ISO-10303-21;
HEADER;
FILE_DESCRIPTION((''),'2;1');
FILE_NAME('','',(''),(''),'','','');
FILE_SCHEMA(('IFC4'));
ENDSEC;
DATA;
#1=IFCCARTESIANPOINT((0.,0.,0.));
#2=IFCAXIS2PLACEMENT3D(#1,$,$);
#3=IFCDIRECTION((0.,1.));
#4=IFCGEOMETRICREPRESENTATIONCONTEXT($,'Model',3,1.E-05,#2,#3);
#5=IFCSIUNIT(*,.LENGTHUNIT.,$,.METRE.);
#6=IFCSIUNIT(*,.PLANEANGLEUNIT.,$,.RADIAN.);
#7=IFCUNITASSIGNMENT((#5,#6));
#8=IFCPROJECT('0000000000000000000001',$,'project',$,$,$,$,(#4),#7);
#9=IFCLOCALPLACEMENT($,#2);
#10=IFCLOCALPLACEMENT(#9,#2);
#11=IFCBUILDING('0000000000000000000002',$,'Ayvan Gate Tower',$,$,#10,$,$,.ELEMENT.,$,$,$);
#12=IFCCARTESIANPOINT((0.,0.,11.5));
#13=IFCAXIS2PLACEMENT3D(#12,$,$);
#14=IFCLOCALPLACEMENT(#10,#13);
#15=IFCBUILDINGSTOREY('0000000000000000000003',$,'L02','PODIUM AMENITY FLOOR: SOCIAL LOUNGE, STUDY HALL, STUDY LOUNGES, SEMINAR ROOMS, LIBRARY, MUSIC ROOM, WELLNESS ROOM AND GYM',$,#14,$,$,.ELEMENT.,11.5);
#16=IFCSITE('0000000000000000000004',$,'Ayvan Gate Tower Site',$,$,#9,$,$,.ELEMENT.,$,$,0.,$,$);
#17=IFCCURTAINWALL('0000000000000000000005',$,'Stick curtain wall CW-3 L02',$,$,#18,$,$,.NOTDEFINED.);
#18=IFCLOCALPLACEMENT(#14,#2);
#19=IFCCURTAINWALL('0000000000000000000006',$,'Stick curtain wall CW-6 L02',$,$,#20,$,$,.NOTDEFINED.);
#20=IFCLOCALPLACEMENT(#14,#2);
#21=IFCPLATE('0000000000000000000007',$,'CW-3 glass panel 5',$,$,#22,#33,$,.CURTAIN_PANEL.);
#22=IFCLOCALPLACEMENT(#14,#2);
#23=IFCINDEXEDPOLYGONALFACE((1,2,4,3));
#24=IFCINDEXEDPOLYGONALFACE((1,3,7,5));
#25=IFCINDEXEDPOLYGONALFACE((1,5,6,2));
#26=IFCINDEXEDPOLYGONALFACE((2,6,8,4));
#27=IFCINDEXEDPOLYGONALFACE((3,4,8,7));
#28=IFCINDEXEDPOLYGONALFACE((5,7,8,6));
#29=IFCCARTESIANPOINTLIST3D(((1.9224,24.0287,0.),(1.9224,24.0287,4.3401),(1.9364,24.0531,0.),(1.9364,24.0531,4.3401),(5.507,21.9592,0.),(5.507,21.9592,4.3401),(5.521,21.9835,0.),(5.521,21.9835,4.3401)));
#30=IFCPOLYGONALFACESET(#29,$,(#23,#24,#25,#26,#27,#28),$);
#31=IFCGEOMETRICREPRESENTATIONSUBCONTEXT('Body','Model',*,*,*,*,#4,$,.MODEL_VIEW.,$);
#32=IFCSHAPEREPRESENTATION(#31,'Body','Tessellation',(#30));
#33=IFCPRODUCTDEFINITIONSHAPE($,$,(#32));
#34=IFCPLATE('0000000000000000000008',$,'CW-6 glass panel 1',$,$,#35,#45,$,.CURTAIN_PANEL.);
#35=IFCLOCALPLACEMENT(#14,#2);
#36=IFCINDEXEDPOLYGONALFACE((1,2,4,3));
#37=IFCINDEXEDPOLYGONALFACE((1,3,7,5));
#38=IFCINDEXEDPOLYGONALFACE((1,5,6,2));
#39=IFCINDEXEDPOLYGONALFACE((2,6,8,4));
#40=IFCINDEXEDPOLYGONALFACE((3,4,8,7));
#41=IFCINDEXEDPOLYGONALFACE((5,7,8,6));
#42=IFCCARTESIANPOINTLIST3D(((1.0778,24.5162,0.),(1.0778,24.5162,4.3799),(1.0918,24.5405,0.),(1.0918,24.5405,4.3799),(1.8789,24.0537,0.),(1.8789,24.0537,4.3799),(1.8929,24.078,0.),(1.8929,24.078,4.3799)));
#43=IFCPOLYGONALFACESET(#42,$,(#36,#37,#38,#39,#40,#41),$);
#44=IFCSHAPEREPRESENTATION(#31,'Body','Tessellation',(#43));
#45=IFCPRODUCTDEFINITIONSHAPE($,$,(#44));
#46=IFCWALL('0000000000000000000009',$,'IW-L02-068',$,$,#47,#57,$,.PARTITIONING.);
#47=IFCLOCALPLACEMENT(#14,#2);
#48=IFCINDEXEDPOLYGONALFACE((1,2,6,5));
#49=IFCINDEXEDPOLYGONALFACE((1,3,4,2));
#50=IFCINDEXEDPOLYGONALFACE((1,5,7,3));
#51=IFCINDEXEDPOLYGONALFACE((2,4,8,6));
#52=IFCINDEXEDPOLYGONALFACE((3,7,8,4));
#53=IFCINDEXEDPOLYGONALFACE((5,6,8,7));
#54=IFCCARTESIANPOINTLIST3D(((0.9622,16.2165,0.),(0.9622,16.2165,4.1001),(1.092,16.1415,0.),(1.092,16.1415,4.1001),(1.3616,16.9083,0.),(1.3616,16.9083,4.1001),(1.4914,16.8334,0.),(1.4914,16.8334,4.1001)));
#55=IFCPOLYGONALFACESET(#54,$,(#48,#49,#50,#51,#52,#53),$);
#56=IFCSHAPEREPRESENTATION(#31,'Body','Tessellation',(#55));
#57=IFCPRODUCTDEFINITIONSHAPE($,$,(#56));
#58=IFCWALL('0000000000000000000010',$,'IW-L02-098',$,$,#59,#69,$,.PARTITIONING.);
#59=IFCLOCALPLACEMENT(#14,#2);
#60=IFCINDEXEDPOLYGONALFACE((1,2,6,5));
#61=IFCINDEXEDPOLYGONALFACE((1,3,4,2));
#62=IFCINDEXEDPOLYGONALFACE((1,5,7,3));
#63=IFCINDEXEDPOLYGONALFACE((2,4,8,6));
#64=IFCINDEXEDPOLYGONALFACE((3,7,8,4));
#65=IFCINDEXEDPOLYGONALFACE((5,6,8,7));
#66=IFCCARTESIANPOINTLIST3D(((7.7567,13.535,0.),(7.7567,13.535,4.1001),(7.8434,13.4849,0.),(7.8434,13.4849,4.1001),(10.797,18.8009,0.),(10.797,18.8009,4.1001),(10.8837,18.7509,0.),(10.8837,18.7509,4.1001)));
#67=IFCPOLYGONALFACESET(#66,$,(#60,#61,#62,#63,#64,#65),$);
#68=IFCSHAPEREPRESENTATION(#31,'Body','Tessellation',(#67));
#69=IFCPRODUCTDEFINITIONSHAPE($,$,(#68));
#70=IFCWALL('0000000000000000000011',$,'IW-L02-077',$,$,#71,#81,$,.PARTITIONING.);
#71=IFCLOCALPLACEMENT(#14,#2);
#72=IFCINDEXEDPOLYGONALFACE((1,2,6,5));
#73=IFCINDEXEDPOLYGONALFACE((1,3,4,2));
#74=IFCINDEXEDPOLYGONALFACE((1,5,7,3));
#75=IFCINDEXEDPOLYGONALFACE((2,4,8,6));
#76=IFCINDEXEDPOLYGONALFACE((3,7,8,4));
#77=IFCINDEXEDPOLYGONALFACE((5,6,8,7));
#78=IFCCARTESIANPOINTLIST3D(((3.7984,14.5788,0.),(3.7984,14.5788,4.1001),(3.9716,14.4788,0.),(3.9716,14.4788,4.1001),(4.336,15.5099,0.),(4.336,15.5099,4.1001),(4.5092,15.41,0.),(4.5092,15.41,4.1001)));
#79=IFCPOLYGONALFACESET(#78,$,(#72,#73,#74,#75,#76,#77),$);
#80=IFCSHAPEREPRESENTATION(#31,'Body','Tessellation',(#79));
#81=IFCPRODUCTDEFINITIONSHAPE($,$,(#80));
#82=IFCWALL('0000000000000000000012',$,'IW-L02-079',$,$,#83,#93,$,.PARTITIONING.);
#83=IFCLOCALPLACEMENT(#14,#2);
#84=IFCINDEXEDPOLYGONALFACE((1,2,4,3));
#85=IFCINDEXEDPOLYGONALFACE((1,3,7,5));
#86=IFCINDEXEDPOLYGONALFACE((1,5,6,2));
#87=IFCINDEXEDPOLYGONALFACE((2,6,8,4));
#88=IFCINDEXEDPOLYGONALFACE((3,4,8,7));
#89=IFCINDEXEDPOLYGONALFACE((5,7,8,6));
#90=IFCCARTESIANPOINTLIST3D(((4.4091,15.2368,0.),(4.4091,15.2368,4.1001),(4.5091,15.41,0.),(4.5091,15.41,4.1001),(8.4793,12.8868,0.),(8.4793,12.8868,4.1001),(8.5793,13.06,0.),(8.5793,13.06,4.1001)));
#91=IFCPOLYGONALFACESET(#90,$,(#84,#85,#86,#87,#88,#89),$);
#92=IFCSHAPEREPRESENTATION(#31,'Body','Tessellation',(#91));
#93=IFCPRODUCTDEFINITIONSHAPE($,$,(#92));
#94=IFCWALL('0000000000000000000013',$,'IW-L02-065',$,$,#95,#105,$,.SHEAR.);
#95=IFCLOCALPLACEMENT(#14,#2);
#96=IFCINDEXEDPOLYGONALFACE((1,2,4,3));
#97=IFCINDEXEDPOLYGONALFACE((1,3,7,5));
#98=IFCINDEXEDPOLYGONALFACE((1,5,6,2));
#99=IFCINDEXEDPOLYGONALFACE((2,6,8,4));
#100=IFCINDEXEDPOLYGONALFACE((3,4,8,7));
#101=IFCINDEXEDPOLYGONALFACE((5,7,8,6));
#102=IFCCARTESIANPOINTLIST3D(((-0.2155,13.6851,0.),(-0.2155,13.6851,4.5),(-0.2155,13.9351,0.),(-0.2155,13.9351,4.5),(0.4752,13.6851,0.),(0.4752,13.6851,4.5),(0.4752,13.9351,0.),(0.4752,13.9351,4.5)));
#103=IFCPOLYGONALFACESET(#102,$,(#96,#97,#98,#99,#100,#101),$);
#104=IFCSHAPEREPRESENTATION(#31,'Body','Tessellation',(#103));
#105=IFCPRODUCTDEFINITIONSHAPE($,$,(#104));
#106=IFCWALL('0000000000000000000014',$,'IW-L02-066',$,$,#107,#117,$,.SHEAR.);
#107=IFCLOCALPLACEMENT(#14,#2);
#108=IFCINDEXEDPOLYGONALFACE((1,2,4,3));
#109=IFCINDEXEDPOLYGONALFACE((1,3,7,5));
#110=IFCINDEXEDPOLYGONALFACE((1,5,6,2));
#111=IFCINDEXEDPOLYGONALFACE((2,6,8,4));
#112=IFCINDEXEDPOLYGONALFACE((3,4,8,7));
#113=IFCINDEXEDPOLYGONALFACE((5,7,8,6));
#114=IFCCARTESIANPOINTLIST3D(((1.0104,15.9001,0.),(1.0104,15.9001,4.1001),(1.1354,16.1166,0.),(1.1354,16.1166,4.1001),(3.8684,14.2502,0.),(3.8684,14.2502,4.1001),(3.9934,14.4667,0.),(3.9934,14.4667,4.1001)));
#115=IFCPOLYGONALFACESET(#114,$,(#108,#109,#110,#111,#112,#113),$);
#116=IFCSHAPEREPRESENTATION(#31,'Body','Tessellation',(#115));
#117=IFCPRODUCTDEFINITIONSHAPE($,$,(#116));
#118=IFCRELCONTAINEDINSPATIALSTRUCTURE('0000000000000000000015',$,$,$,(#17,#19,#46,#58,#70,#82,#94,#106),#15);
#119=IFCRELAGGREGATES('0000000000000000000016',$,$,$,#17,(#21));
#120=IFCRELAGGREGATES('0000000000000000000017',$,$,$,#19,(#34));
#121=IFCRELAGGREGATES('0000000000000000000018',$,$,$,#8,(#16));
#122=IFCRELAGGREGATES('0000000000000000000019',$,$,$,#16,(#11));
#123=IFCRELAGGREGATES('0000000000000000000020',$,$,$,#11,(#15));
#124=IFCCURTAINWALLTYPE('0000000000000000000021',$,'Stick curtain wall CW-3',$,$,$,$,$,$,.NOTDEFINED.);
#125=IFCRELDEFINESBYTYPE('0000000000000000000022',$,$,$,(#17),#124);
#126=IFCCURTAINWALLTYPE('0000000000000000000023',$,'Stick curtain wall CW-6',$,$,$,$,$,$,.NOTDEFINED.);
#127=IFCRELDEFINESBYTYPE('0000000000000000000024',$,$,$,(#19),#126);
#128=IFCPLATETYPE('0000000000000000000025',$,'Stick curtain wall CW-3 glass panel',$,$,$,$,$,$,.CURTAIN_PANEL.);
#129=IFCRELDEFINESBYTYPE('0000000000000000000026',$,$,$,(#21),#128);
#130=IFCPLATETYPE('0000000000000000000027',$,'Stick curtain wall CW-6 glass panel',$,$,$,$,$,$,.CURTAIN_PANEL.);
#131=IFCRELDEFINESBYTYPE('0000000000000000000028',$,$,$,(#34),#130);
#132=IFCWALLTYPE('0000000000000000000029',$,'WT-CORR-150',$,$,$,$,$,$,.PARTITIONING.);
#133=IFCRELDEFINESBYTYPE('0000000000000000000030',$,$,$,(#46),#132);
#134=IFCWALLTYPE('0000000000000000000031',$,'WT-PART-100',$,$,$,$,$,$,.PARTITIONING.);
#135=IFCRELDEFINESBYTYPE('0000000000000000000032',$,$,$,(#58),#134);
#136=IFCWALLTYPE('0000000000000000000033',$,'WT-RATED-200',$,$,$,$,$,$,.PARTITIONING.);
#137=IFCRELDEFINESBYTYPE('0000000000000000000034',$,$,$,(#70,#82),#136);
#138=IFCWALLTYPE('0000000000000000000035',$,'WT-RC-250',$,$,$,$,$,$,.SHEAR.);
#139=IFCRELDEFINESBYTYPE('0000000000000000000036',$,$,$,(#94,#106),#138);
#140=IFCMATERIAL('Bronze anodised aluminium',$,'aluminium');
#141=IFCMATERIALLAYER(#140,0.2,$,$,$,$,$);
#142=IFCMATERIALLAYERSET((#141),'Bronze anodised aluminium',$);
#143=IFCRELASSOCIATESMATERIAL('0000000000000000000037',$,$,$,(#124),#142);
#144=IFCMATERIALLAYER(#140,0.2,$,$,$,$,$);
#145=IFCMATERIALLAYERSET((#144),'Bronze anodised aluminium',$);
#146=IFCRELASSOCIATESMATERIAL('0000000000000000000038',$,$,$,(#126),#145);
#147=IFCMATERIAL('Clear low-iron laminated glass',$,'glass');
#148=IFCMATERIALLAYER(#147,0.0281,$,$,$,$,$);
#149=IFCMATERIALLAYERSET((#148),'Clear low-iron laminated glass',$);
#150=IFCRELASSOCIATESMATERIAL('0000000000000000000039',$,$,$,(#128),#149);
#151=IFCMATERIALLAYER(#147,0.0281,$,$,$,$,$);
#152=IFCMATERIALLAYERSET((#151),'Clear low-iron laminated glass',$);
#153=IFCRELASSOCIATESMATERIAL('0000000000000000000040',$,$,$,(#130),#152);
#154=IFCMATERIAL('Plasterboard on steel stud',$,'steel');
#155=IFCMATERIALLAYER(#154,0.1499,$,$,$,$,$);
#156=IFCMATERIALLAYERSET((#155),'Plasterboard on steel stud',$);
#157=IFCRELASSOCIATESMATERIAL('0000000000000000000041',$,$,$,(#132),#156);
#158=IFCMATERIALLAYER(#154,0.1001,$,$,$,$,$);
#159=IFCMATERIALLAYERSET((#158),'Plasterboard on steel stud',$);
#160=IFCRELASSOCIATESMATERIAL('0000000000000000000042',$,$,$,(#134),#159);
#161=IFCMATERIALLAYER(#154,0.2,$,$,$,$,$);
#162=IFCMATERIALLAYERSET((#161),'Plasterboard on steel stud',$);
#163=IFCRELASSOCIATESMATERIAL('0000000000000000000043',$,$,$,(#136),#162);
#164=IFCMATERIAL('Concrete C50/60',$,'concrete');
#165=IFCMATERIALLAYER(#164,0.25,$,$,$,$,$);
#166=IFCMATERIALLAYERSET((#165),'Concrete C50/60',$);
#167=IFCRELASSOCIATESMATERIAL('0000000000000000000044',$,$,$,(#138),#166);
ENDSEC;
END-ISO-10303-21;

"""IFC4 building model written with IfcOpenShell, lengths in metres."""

from ifc_helpers import new_model, si_unit, direction, frame, frame_2d, origin, origin_2d, place, context, subcontext, project, spatial, rectangle, extrude, material, layer, layer_set, type_object, element, aggregate, save


model = new_model("IFC4")

# Units and contexts
model_context = context("Model", 3, precision=1e-05, world=origin(), true_north=direction((0.0, 1.0)))
body_context = subcontext(model_context, "Body", "Model", "MODEL_VIEW")
ifc_project = project(units=[si_unit("LENGTHUNIT", "METRE"), si_unit("PLANEANGLEUNIT", "RADIAN")], contexts=[model_context])

# Site, building, storey
site_placement = place(None, origin())
site = spatial("IfcSite", under=ifc_project, at=site_placement, Name="Ayvan Gate Tower Site", CompositionType="ELEMENT", RefElevation=0.0)
building_placement = place(site_placement, origin())
building = spatial("IfcBuilding", under=site, at=building_placement, Name="Ayvan Gate Tower", CompositionType="ELEMENT")
storey_placement = place(building_placement, frame((0.0, 0.0, 11.5)))
storey = spatial("IfcBuildingStorey", under=building, at=storey_placement, Name="L02", Description="PODIUM AMENITY FLOOR: SOCIAL LOUNGE, STUDY HALL, STUDY LOUNGES, SEMINAR ROOMS, LIBRARY, MUSIC ROOM, WELLNESS ROOM AND GYM", CompositionType="ELEMENT", Elevation=11.5)

# Curtain walls
ifc_material_1 = material(Name="Bronze anodised aluminium", Category="aluminium")
ifc_layer_1 = layer(ifc_material_1, 0.2)
ifc_layer_set_1 = layer_set([ifc_layer_1], Name="Bronze anodised aluminium")
curtain_wall_type_1 = type_object("IfcCurtainWallType", Name="Stick curtain wall CW-3", PredefinedType="NOTDEFINED", material=ifc_layer_set_1)
curtain_wall_1_placement = place(storey_placement, origin())
curtain_wall_1 = element("IfcCurtainWall", 1, at=curtain_wall_1_placement, inside=storey, type_object=curtain_wall_type_1, Name="Stick curtain wall CW-3 L02", PredefinedType="NOTDEFINED")
ifc_layer_2 = layer(ifc_material_1, 0.2)
ifc_layer_set_2 = layer_set([ifc_layer_2], Name="Bronze anodised aluminium")
curtain_wall_type_2 = type_object("IfcCurtainWallType", Name="Stick curtain wall CW-6", PredefinedType="NOTDEFINED", material=ifc_layer_set_2)
curtain_wall_2_placement = place(storey_placement, origin())
curtain_wall_2 = element("IfcCurtainWall", 2, at=curtain_wall_2_placement, inside=storey, type_object=curtain_wall_type_2, Name="Stick curtain wall CW-6 L02", PredefinedType="NOTDEFINED")

# Plates
ifc_material_2 = material(Name="Clear low-iron laminated glass", Category="glass")
ifc_layer_3 = layer(ifc_material_2, 0.0281)
ifc_layer_set_3 = layer_set([ifc_layer_3], Name="Clear low-iron laminated glass")
plate_type_1 = type_object("IfcPlateType", Name="Stick curtain wall CW-3 glass panel", PredefinedType="CURTAIN_PANEL", material=ifc_layer_set_3)
plate_1_placement = place(storey_placement, frame((3.7217, 23.0061, 0.0), z_axis=(0.0, 0.0, 1.0), x_axis=(-0.866025, 0.5, 0.0)))
plate_1 = element("IfcPlate", 3, at=plate_1_placement, type_object=plate_type_1, Name="CW-3 glass panel 5", PredefinedType="CURTAIN_PANEL", context=body_context, shape_type="SweptSolid", body=[
    extrude(rectangle(XDim=4.1392, YDim=0.0281, at=origin_2d()), origin(), (0.0, 0.0, 1.0), 4.3401),
])
aggregate(curtain_wall_1, [plate_1])
ifc_layer_4 = layer(ifc_material_2, 0.0281)
ifc_layer_set_4 = layer_set([ifc_layer_4], Name="Clear low-iron laminated glass")
plate_type_2 = type_object("IfcPlateType", Name="Stick curtain wall CW-6 glass panel", PredefinedType="CURTAIN_PANEL", material=ifc_layer_set_4)
plate_2_placement = place(storey_placement, frame((1.4854, 24.2971, 0.0), z_axis=(0.0, 0.0, 1.0), x_axis=(-0.866025, 0.5, 0.0)))
plate_2 = element("IfcPlate", 4, at=plate_2_placement, type_object=plate_type_2, Name="CW-6 glass panel 1", PredefinedType="CURTAIN_PANEL", context=body_context, shape_type="SweptSolid", body=[
    extrude(rectangle(XDim=0.925, YDim=0.0281, at=origin_2d()), origin(), (0.0, 0.0, 1.0), 4.3799),
])
aggregate(curtain_wall_2, [plate_2])

# Walls
ifc_material_3 = material(Name="Plasterboard on steel stud", Category="steel")
ifc_layer_5 = layer(ifc_material_3, 0.1499)
ifc_layer_set_5 = layer_set([ifc_layer_5], Name="Plasterboard on steel stud")
wall_type_1 = type_object("IfcWallType", Name="WT-CORR-150", PredefinedType="PARTITIONING", material=ifc_layer_set_5)
wall_1_placement = place(storey_placement, frame((1.4265, 16.8708, 0.0), z_axis=(0.0, 0.0, 1.0), x_axis=(-0.499952, -0.866053, 0.0)))
element("IfcWall", 5, at=wall_1_placement, inside=storey, type_object=wall_type_1, Name="IW-L02-068", PredefinedType="PARTITIONING", context=body_context, shape_type="SweptSolid", body=[
    extrude(rectangle(XDim=0.7988, YDim=0.1499, at=frame_2d((0.3994, 0.0))), origin(), (0.0, 0.0, 1.0), 4.1001),
])
ifc_layer_6 = layer(ifc_material_3, 0.1001)
ifc_layer_set_6 = layer_set([ifc_layer_6], Name="Plasterboard on steel stud")
wall_type_2 = type_object("IfcWallType", Name="WT-PART-100", PredefinedType="PARTITIONING", material=ifc_layer_set_6)
wall_2_placement = place(storey_placement, frame((10.8403, 18.7759, 0.0), z_axis=(0.0, 0.0, 1.0), x_axis=(-0.500004, -0.866023, 0.0)))
element("IfcWall", 6, at=wall_2_placement, inside=storey, type_object=wall_type_2, Name="IW-L02-098", PredefinedType="PARTITIONING", context=body_context, shape_type="SweptSolid", body=[
    extrude(rectangle(XDim=6.0806, YDim=0.1001, at=frame_2d((3.0403, 0.0))), origin(), (0.0, 0.0, 1.0), 4.1001),
])
ifc_layer_7 = layer(ifc_material_3, 0.2)
ifc_layer_set_7 = layer_set([ifc_layer_7], Name="Plasterboard on steel stud")
wall_type_3 = type_object("IfcWallType", Name="WT-RATED-200", PredefinedType="PARTITIONING", material=ifc_layer_set_7)
wall_3_placement = place(storey_placement, frame((3.885, 14.5288, 0.0), z_axis=(0.0, 0.0, 1.0), x_axis=(0.499998, 0.866027, 0.0)))
element("IfcWall", 7, at=wall_3_placement, inside=storey, type_object=wall_type_3, Name="IW-L02-077", PredefinedType="PARTITIONING", context=body_context, shape_type="SweptSolid", body=[
    extrude(rectangle(XDim=1.0752, YDim=0.2, at=frame_2d((0.5376, 0.0))), origin(), (0.0, 0.0, 1.0), 4.1001),
])
wall_4_placement = place(storey_placement, frame((4.459, 15.3235, 0.0), z_axis=(0.0, 0.0, 1.0), x_axis=(0.866016, -0.500016, 0.0)))
element("IfcWall", 8, at=wall_4_placement, inside=storey, type_object=wall_type_3, Name="IW-L02-079", PredefinedType="PARTITIONING", context=body_context, shape_type="SweptSolid", body=[
    extrude(rectangle(XDim=4.7, YDim=0.2, at=frame_2d((2.3501, 0.0))), origin(), (0.0, 0.0, 1.0), 4.1001),
])
ifc_material_4 = material(Name="Concrete C50/60", Category="concrete")
ifc_layer_8 = layer(ifc_material_4, 0.25)
ifc_layer_set_8 = layer_set([ifc_layer_8], Name="Concrete C50/60")
wall_type_4 = type_object("IfcWallType", Name="WT-RC-250", PredefinedType="SHEAR", material=ifc_layer_set_8)
wall_5_placement = place(storey_placement, frame((0.4751, 13.8101, 0.0), z_axis=(0.0, 0.0, 1.0), x_axis=(-1.0, 0.0, 0.0)))
element("IfcWall", 9, at=wall_5_placement, inside=storey, type_object=wall_type_4, Name="IW-L02-065", PredefinedType="SHEAR", context=body_context, shape_type="SweptSolid", body=[
    extrude(rectangle(XDim=0.6907, YDim=0.25, at=frame_2d((0.3452, 0.0))), origin(), (0.0, 0.0, 1.0), 4.5),
])
wall_6_placement = place(storey_placement, frame((1.073, 16.0083, 0.0), z_axis=(0.0, 0.0, 1.0), x_axis=(0.86604, -0.499974, 0.0)))
element("IfcWall", 10, at=wall_6_placement, inside=storey, type_object=wall_type_4, Name="IW-L02-066", PredefinedType="SHEAR", context=body_context, shape_type="SweptSolid", body=[
    extrude(rectangle(XDim=3.3, YDim=0.25, at=frame_2d((1.6499, 0.0))), origin(), (0.0, 0.0, 1.0), 4.1001),
])

save(model, "model.ifc")
